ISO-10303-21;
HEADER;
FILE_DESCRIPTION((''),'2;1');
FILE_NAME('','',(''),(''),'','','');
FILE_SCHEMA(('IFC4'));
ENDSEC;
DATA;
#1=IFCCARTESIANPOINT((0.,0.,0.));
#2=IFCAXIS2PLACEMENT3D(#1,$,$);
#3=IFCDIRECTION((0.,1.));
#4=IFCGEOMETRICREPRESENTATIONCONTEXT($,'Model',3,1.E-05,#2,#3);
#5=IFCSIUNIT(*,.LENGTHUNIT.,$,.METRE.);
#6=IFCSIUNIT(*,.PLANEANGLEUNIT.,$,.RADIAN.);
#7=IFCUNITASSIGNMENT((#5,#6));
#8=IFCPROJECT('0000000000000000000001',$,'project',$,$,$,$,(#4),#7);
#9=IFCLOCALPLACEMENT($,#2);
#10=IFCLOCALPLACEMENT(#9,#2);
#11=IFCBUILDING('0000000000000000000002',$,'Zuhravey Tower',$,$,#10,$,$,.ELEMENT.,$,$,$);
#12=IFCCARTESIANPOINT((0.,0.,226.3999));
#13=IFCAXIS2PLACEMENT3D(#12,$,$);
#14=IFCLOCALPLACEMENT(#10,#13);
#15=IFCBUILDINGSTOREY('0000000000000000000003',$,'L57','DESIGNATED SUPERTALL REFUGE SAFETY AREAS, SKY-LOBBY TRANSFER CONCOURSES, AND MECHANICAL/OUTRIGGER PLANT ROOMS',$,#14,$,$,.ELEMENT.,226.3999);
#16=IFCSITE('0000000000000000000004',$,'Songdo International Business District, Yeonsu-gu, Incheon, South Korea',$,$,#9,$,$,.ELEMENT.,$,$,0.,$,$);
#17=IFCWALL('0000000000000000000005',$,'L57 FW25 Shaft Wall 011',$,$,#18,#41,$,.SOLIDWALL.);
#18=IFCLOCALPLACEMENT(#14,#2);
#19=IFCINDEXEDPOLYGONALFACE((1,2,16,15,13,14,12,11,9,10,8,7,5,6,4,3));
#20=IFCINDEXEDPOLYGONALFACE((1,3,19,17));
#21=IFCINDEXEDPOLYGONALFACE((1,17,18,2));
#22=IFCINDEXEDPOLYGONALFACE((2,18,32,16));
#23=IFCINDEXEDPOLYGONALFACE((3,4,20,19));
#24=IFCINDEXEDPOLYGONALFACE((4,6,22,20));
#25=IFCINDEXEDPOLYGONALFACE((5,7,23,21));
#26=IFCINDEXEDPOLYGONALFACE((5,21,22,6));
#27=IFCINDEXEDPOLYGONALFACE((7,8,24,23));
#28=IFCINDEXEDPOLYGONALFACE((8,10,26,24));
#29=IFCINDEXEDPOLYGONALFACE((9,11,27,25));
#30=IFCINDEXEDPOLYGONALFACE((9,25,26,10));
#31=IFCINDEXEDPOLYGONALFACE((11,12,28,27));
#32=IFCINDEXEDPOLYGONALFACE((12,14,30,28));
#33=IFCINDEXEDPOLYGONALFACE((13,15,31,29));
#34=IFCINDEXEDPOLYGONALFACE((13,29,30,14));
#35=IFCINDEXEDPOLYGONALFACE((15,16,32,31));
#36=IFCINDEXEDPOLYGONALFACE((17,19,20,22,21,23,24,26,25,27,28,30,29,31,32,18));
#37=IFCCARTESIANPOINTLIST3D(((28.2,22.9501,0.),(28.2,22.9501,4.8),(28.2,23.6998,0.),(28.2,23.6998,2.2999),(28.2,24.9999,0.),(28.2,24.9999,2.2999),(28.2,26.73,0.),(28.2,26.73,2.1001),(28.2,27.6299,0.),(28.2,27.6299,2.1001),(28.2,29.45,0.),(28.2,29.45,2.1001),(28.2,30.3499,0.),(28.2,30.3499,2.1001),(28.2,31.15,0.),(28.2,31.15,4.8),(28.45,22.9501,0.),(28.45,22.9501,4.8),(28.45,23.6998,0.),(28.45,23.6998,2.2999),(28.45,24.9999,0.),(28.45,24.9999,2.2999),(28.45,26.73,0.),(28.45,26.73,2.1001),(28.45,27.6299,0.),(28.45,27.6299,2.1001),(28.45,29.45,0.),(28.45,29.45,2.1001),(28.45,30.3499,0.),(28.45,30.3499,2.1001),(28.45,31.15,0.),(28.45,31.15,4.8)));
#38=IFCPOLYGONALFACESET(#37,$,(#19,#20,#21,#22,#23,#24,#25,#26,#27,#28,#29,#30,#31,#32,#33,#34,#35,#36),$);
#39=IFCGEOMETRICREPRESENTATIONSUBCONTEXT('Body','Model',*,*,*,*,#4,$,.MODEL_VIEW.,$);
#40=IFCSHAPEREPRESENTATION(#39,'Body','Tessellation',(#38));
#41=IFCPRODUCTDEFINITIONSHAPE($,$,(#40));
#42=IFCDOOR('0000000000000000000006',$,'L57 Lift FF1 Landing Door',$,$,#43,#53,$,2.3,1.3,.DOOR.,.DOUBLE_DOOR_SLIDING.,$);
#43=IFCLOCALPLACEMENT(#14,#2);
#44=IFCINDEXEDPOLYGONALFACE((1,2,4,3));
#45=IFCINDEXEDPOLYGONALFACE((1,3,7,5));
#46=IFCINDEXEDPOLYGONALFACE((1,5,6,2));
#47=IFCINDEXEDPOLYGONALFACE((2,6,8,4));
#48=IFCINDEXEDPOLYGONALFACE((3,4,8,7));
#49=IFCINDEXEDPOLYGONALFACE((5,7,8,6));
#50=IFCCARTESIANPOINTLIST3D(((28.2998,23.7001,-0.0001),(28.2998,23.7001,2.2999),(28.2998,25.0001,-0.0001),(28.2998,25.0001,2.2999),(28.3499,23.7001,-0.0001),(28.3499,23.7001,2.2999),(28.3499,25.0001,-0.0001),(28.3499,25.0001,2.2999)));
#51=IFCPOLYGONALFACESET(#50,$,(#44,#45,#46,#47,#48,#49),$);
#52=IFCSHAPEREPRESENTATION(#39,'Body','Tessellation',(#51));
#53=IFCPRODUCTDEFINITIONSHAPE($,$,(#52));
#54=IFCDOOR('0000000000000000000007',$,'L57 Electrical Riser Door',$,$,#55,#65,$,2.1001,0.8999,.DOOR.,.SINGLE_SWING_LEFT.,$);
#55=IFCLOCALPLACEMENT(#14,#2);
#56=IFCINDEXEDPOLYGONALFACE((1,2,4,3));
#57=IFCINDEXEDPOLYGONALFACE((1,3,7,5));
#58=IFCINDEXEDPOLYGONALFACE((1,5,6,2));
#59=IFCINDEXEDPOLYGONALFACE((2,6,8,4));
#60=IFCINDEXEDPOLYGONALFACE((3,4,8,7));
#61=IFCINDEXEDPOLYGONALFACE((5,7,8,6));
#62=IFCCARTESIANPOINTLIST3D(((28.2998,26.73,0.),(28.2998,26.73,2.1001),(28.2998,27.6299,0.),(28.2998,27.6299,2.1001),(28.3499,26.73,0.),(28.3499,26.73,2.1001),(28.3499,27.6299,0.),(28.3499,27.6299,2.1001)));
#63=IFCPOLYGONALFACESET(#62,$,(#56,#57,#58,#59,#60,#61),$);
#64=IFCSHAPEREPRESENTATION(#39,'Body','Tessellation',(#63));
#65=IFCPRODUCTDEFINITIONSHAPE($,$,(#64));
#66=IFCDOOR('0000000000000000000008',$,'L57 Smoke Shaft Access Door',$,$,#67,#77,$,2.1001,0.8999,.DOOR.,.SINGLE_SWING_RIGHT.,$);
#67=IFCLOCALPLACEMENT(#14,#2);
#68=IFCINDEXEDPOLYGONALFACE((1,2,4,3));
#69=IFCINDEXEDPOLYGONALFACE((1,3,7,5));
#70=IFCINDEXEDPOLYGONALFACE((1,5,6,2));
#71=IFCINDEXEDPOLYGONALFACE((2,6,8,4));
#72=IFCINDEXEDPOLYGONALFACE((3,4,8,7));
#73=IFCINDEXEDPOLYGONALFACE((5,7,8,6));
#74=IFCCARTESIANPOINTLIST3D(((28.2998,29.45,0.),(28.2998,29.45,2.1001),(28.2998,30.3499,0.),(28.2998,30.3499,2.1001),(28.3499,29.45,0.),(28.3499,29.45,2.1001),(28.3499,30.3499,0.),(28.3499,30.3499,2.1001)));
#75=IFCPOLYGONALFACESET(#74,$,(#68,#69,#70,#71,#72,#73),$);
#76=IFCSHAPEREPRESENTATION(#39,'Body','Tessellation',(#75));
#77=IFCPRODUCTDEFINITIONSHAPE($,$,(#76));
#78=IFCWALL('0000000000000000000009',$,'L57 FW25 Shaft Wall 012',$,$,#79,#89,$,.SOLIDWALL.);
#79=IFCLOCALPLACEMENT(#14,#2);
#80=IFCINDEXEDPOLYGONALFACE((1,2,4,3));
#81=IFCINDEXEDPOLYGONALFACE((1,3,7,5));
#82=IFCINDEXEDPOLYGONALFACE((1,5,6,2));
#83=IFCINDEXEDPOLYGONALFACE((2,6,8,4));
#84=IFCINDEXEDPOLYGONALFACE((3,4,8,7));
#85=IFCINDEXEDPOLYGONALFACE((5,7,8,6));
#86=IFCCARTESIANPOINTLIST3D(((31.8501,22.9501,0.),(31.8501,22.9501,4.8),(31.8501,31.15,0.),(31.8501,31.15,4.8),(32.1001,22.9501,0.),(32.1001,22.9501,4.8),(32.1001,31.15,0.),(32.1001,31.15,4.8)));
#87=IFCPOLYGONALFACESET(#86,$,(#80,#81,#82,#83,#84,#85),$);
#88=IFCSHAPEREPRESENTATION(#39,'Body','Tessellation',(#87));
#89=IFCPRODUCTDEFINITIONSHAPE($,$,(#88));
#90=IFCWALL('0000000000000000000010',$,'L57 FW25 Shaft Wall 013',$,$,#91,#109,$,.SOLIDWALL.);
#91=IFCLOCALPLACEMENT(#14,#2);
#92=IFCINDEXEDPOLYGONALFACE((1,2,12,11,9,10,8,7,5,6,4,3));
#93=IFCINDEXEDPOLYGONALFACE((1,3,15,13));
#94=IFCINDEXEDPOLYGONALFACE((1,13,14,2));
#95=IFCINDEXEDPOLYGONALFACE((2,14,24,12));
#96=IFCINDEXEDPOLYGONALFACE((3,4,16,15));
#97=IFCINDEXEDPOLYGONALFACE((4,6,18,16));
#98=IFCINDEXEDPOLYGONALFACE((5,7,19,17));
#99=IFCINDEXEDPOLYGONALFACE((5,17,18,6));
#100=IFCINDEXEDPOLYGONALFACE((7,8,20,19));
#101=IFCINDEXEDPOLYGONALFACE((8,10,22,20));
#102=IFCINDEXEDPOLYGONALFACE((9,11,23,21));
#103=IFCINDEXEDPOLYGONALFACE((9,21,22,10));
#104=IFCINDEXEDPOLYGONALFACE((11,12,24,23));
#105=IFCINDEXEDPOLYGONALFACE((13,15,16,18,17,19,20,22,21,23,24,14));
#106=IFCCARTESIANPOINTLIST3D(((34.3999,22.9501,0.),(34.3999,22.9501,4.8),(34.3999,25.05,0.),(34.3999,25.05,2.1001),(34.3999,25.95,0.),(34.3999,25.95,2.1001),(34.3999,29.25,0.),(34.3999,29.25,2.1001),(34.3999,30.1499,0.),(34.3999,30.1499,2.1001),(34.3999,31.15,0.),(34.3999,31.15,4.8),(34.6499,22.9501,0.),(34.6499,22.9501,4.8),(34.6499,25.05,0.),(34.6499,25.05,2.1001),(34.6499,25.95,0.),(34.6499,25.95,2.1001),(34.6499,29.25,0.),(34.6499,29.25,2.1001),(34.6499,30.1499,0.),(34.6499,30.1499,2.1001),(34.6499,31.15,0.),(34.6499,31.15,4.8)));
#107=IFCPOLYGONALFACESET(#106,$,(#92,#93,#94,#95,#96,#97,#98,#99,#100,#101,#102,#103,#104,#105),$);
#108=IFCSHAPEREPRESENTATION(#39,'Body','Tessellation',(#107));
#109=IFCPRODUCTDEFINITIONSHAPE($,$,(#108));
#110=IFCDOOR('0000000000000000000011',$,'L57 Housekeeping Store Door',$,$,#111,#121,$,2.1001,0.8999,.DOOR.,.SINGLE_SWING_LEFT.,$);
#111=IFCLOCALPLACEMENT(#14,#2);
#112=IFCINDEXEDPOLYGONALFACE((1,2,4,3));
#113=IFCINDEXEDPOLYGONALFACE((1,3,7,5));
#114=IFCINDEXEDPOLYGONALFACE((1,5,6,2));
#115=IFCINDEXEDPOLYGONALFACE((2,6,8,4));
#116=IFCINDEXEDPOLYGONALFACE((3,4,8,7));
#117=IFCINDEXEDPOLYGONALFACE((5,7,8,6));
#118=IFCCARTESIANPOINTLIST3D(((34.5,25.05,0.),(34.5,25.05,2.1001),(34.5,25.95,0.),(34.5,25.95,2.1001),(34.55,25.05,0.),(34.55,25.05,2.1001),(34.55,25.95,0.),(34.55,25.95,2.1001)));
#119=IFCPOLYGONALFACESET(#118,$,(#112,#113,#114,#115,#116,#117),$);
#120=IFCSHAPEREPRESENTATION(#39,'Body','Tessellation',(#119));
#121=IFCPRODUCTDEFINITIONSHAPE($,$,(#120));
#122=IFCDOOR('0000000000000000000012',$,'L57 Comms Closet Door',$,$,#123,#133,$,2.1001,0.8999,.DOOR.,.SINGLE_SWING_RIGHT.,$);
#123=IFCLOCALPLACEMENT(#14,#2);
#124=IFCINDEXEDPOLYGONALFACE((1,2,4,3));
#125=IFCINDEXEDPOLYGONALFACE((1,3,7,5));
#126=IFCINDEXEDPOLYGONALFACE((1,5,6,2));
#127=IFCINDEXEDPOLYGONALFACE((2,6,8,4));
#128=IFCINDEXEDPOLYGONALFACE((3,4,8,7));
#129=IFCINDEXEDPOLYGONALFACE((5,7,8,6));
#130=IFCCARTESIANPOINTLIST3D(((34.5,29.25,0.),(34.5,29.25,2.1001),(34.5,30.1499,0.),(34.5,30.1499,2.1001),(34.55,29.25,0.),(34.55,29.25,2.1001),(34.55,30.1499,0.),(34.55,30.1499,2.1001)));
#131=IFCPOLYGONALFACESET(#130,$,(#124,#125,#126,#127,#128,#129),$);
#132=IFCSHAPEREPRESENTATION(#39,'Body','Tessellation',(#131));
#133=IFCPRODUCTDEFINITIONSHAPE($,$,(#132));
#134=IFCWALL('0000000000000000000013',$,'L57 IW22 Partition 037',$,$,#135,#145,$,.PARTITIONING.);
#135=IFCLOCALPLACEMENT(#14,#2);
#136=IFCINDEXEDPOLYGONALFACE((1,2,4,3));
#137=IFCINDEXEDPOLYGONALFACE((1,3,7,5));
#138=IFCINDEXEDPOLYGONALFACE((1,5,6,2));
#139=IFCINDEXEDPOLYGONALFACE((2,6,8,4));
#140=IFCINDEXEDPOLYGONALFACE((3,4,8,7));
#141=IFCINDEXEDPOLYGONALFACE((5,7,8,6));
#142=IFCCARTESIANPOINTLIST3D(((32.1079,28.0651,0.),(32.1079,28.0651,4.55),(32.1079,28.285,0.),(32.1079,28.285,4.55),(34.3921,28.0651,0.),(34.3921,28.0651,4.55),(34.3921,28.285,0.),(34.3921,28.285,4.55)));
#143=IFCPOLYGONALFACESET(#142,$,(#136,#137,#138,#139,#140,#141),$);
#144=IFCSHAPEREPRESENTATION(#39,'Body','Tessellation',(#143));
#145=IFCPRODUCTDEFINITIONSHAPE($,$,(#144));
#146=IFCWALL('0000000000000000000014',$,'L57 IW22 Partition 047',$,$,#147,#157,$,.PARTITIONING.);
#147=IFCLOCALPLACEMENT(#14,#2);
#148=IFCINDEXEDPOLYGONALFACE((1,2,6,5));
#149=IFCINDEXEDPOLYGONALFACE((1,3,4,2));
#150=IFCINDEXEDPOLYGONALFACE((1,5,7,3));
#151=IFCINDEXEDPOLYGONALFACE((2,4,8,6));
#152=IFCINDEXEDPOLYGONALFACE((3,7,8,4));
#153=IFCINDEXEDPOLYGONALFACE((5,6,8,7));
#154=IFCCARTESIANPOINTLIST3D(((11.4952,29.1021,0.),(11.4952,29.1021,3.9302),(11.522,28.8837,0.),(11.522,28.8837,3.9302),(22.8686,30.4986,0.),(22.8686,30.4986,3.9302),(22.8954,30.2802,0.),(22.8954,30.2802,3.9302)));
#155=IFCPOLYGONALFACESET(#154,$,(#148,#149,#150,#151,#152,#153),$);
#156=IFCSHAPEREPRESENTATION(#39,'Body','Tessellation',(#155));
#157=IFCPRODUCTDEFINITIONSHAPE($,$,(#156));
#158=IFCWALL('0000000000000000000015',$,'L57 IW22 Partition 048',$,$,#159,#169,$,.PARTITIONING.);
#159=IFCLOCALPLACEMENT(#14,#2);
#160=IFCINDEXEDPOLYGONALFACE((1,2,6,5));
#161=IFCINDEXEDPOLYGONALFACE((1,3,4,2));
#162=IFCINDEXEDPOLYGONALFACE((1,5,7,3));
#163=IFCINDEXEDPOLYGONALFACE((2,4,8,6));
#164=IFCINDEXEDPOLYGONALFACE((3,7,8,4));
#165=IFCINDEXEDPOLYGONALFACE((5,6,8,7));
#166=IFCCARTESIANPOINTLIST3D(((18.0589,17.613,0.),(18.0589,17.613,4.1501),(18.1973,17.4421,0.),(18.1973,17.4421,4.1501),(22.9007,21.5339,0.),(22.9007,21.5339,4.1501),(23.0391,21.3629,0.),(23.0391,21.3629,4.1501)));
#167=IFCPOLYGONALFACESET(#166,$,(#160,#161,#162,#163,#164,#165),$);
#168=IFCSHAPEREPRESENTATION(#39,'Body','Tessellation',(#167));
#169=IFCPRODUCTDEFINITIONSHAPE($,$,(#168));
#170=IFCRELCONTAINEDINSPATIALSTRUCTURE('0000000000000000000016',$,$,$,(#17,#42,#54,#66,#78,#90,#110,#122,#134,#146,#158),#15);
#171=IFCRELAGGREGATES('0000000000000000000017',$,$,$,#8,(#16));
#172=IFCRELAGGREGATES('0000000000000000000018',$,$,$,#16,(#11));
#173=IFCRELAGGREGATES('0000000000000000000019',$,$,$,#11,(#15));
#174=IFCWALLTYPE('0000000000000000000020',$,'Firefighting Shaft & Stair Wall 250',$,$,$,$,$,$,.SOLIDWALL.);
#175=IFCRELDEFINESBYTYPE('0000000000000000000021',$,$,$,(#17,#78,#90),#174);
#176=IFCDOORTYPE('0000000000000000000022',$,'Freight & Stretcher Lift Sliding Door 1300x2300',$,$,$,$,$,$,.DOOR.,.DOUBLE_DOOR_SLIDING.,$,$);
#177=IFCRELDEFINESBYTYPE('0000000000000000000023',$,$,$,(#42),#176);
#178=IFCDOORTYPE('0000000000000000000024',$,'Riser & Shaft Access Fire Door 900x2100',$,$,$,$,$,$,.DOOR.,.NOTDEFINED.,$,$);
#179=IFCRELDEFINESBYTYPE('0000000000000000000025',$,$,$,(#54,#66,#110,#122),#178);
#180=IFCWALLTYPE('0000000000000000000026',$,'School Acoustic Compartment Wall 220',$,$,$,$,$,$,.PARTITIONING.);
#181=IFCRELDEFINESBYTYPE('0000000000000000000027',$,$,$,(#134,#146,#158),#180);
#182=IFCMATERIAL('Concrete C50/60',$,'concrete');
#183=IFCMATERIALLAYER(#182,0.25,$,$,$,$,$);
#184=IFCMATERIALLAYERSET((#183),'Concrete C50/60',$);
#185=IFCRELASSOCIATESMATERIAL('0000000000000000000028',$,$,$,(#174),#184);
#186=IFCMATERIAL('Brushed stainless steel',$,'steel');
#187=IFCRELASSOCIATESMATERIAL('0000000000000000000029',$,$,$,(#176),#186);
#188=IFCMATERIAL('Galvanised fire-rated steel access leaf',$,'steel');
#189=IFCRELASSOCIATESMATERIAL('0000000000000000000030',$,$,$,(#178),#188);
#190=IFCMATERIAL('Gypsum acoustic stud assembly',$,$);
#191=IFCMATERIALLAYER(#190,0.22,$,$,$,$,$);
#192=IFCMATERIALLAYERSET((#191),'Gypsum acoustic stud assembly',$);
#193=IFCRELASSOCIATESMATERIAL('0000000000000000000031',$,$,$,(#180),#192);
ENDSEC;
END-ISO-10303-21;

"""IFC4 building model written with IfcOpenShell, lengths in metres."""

from ifc_helpers import new_model, si_unit, direction, frame, frame_2d, origin, place, context, subcontext, project, spatial, rectangle, extrude, material, layer, layer_set, type_object, element, fill, save


model = new_model("IFC4")

# Units and contexts
model_context = context("Model", 3, precision=1e-05, world=origin(), true_north=direction((0.0, 1.0)))
body_context = subcontext(model_context, "Body", "Model", "MODEL_VIEW")
ifc_project = project(units=[si_unit("LENGTHUNIT", "METRE"), si_unit("PLANEANGLEUNIT", "RADIAN")], contexts=[model_context])

# Site, building, storey
site_placement = place(None, origin())
site = spatial("IfcSite", under=ifc_project, at=site_placement, Name="Songdo International Business District, Yeonsu-gu, Incheon, South Korea", CompositionType="ELEMENT", RefElevation=0.0)
building_placement = place(site_placement, origin())
building = spatial("IfcBuilding", under=site, at=building_placement, Name="Zuhravey Tower", CompositionType="ELEMENT")
storey_placement = place(building_placement, frame((0.0, 0.0, 226.3999)))
storey = spatial("IfcBuildingStorey", under=building, at=storey_placement, Name="L57", Description="DESIGNATED SUPERTALL REFUGE SAFETY AREAS, SKY-LOBBY TRANSFER CONCOURSES, AND MECHANICAL/OUTRIGGER PLANT ROOMS", CompositionType="ELEMENT", Elevation=226.3999)

# Shared definitions
ifc_material_1 = material(Name="Concrete C50/60", Category="concrete")

# Shared definitions
ifc_layer_1 = layer(ifc_material_1, 0.25)
ifc_layer_set_1 = layer_set([ifc_layer_1], Name="Concrete C50/60")
wall_type_1 = type_object("IfcWallType", Name="Firefighting Shaft & Stair Wall 250", PredefinedType="SOLIDWALL", material=ifc_layer_set_1)

# Wall, openings, doors
wall_1_placement = place(storey_placement, frame((28.325, 22.95, 0.0), z_axis=(0.0, 0.0, 1.0), x_axis=(0.0, 1.0, 0.0)))
wall_1 = element("IfcWall", 1, at=wall_1_placement, inside=storey, type_object=wall_type_1, Name="L57 FW25 Shaft Wall 011", PredefinedType="SOLIDWALL", context=body_context, shape_type="SweptSolid", body=[
    extrude(rectangle(XDim=8.2, YDim=0.25, at=frame_2d((4.1001, 0.0))), origin(), (0.0, 0.0, 1.0), 4.8),
])
opening_1_placement = place(wall_1_placement, frame((0.75, 0.0, 0.0)))
opening_1 = element("IfcOpeningElement", 2, at=opening_1_placement, cuts=wall_1, PredefinedType="OPENING", context=body_context, shape_type="SweptSolid", body=[
    extrude(rectangle(XDim=1.3, YDim=2.3, at=frame_2d((0.6499, 1.1499))), frame((0.0, 0.137, 0.0), z_axis=(0.0, -1.0, 0.0), x_axis=(1.0, 0.0, 0.0)), (0.0, 0.0, 1.0), 0.2739),
])
opening_2_placement = place(wall_1_placement, frame((3.78, 0.0, 0.0)))
opening_2 = element("IfcOpeningElement", 3, at=opening_2_placement, cuts=wall_1, PredefinedType="OPENING", context=body_context, shape_type="SweptSolid", body=[
    extrude(rectangle(XDim=0.8999, YDim=2.1001, at=frame_2d((0.45, 1.05))), frame((0.0, 0.137, 0.0), z_axis=(0.0, -1.0, 0.0), x_axis=(1.0, 0.0, 0.0)), (0.0, 0.0, 1.0), 0.2739),
])
opening_3_placement = place(wall_1_placement, frame((6.5, 0.0, 0.0)))
opening_3 = element("IfcOpeningElement", 4, at=opening_3_placement, cuts=wall_1, PredefinedType="OPENING", context=body_context, shape_type="SweptSolid", body=[
    extrude(rectangle(XDim=0.8999, YDim=2.1001, at=frame_2d((0.45, 1.05))), frame((0.0, 0.137, 0.0), z_axis=(0.0, -1.0, 0.0), x_axis=(1.0, 0.0, 0.0)), (0.0, 0.0, 1.0), 0.2739),
])
ifc_material_2 = material(Name="Brushed stainless steel", Category="steel")
door_type_1 = type_object("IfcDoorType", Name="Freight & Stretcher Lift Sliding Door 1300x2300", OperationType="DOUBLE_DOOR_SLIDING", PredefinedType="DOOR", material=ifc_material_2)
door_1_placement = place(opening_1_placement, frame((1.3, 0.0, 0.0), z_axis=(0.0, 0.0, 1.0), x_axis=(-1.0, 0.0, 0.0)))
door_1 = element("IfcDoor", 5, at=door_1_placement, inside=storey, type_object=door_type_1, Name="L57 Lift FF1 Landing Door", OperationType="DOUBLE_DOOR_SLIDING", OverallHeight=2.3, OverallWidth=1.3, PredefinedType="DOOR", context=body_context, shape_type="SweptSolid", body=[
    extrude(rectangle(XDim=1.3, YDim=2.3, at=frame_2d((0.6499, 1.1499))), frame((0.0, 0.0249, 0.0), z_axis=(0.0, -1.0, 0.0), x_axis=(1.0, 0.0, 0.0)), (0.0, 0.0, 1.0), 0.05),
])
fill(opening_1, door_1)
ifc_material_3 = material(Name="Galvanised fire-rated steel access leaf", Category="steel")
door_type_2 = type_object("IfcDoorType", Name="Riser & Shaft Access Fire Door 900x2100", OperationType="NOTDEFINED", PredefinedType="DOOR", material=ifc_material_3)
door_2_placement = place(opening_2_placement, frame((0.8999, 0.0, 0.0), z_axis=(0.0, 0.0, 1.0), x_axis=(-1.0, 0.0, 0.0)))
door_2 = element("IfcDoor", 6, at=door_2_placement, inside=storey, type_object=door_type_2, Name="L57 Electrical Riser Door", OperationType="SINGLE_SWING_LEFT", OverallHeight=2.1001, OverallWidth=0.8999, PredefinedType="DOOR", context=body_context, shape_type="SweptSolid", body=[
    extrude(rectangle(XDim=0.8999, YDim=2.1001, at=frame_2d((0.45, 1.05))), frame((0.0, 0.0249, 0.0), z_axis=(0.0, -1.0, 0.0), x_axis=(1.0, 0.0, 0.0)), (0.0, 0.0, 1.0), 0.05),
])
fill(opening_2, door_2)
door_3_placement = place(opening_3_placement, frame((0.8999, 0.0, 0.0), z_axis=(0.0, 0.0, 1.0), x_axis=(-1.0, 0.0, 0.0)))
door_3 = element("IfcDoor", 7, at=door_3_placement, inside=storey, type_object=door_type_2, Name="L57 Smoke Shaft Access Door", OperationType="SINGLE_SWING_RIGHT", OverallHeight=2.1001, OverallWidth=0.8999, PredefinedType="DOOR", context=body_context, shape_type="SweptSolid", body=[
    extrude(rectangle(XDim=0.8999, YDim=2.1001, at=frame_2d((0.45, 1.05))), frame((0.0, 0.0249, 0.0), z_axis=(0.0, -1.0, 0.0), x_axis=(1.0, 0.0, 0.0)), (0.0, 0.0, 1.0), 0.05),
])
fill(opening_3, door_3)

# Wall
wall_2_placement = place(storey_placement, frame((31.9751, 22.95, 0.0), z_axis=(0.0, 0.0, 1.0), x_axis=(0.0, 1.0, 0.0)))
element("IfcWall", 8, at=wall_2_placement, inside=storey, type_object=wall_type_1, Name="L57 FW25 Shaft Wall 012", PredefinedType="SOLIDWALL", context=body_context, shape_type="SweptSolid", body=[
    extrude(rectangle(XDim=8.2, YDim=0.25, at=frame_2d((4.1001, 0.0))), origin(), (0.0, 0.0, 1.0), 4.8),
])

# Wall, openings, doors
wall_3_placement = place(storey_placement, frame((34.5249, 22.95, 0.0), z_axis=(0.0, 0.0, 1.0), x_axis=(0.0, 1.0, 0.0)))
wall_3 = element("IfcWall", 9, at=wall_3_placement, inside=storey, type_object=wall_type_1, Name="L57 FW25 Shaft Wall 013", PredefinedType="SOLIDWALL", context=body_context, shape_type="SweptSolid", body=[
    extrude(rectangle(XDim=8.2, YDim=0.25, at=frame_2d((4.1001, 0.0))), origin(), (0.0, 0.0, 1.0), 4.8),
])
opening_4_placement = place(wall_3_placement, frame((2.1001, 0.0, 0.0)))
opening_4 = element("IfcOpeningElement", 10, at=opening_4_placement, cuts=wall_3, PredefinedType="OPENING", context=body_context, shape_type="SweptSolid", body=[
    extrude(rectangle(XDim=0.8999, YDim=2.1001, at=frame_2d((0.45, 1.05))), frame((0.0, 0.137, 0.0), z_axis=(0.0, -1.0, 0.0), x_axis=(1.0, 0.0, 0.0)), (0.0, 0.0, 1.0), 0.2739),
])
opening_5_placement = place(wall_3_placement, frame((6.3, 0.0, 0.0)))
opening_5 = element("IfcOpeningElement", 11, at=opening_5_placement, cuts=wall_3, PredefinedType="OPENING", context=body_context, shape_type="SweptSolid", body=[
    extrude(rectangle(XDim=0.8999, YDim=2.1001, at=frame_2d((0.45, 1.05))), frame((0.0, 0.137, 0.0), z_axis=(0.0, -1.0, 0.0), x_axis=(1.0, 0.0, 0.0)), (0.0, 0.0, 1.0), 0.2739),
])
door_4_placement = place(opening_4_placement, origin())
door_4 = element("IfcDoor", 12, at=door_4_placement, inside=storey, type_object=door_type_2, Name="L57 Housekeeping Store Door", OperationType="SINGLE_SWING_LEFT", OverallHeight=2.1001, OverallWidth=0.8999, PredefinedType="DOOR", context=body_context, shape_type="SweptSolid", body=[
    extrude(rectangle(XDim=0.8999, YDim=2.1001, at=frame_2d((0.45, 1.05))), frame((0.0, 0.0249, 0.0), z_axis=(0.0, -1.0, 0.0), x_axis=(1.0, 0.0, 0.0)), (0.0, 0.0, 1.0), 0.05),
])
fill(opening_4, door_4)
door_5_placement = place(opening_5_placement, origin())
door_5 = element("IfcDoor", 13, at=door_5_placement, inside=storey, type_object=door_type_2, Name="L57 Comms Closet Door", OperationType="SINGLE_SWING_RIGHT", OverallHeight=2.1001, OverallWidth=0.8999, PredefinedType="DOOR", context=body_context, shape_type="SweptSolid", body=[
    extrude(rectangle(XDim=0.8999, YDim=2.1001, at=frame_2d((0.45, 1.05))), frame((0.0, 0.0249, 0.0), z_axis=(0.0, -1.0, 0.0), x_axis=(1.0, 0.0, 0.0)), (0.0, 0.0, 1.0), 0.05),
])
fill(opening_5, door_5)

# Walls
ifc_material_4 = material(Name="Gypsum acoustic stud assembly")
ifc_layer_2 = layer(ifc_material_4, 0.22)
ifc_layer_set_2 = layer_set([ifc_layer_2], Name="Gypsum acoustic stud assembly")
wall_type_2 = type_object("IfcWallType", Name="School Acoustic Compartment Wall 220", PredefinedType="PARTITIONING", material=ifc_layer_set_2)
wall_4_placement = place(storey_placement, frame((32.1079, 28.175, 0.0), z_axis=(0.0, 0.0, 1.0), x_axis=(1.0, 0.0, 0.0)))
element("IfcWall", 14, at=wall_4_placement, inside=storey, type_object=wall_type_2, Name="L57 IW22 Partition 037", PredefinedType="PARTITIONING", context=body_context, shape_type="SweptSolid", body=[
    extrude(rectangle(XDim=2.2842, YDim=0.22, at=frame_2d((1.1421, 0.0))), origin(), (0.0, 0.0, 1.0), 4.55),
])
wall_5_placement = place(storey_placement, frame((22.8821, 30.3894, 0.0), z_axis=(0.0, 0.0, 1.0), x_axis=(-0.992546, -0.121871, 0.0)))
element("IfcWall", 15, at=wall_5_placement, inside=storey, type_object=wall_type_2, Name="L57 IW22 Partition 047", PredefinedType="PARTITIONING", context=body_context, shape_type="SweptSolid", body=[
    extrude(rectangle(XDim=11.4587, YDim=0.22, at=frame_2d((5.7295, 0.0))), origin(), (0.0, 0.0, 1.0), 3.9302),
])
wall_6_placement = place(storey_placement, frame((22.97, 21.4485, 0.0), z_axis=(0.0, 0.0, 1.0), x_axis=(-0.777139, -0.629329, 0.0)))
element("IfcWall", 16, at=wall_6_placement, inside=storey, type_object=wall_type_2, Name="L57 IW22 Partition 048", PredefinedType="PARTITIONING", context=body_context, shape_type="SweptSolid", body=[
    extrude(rectangle(XDim=6.2302, YDim=0.22, at=frame_2d((3.1152, 0.0))), origin(), (0.0, 0.0, 1.0), 4.1501),
])

save(model, "model.ifc")
